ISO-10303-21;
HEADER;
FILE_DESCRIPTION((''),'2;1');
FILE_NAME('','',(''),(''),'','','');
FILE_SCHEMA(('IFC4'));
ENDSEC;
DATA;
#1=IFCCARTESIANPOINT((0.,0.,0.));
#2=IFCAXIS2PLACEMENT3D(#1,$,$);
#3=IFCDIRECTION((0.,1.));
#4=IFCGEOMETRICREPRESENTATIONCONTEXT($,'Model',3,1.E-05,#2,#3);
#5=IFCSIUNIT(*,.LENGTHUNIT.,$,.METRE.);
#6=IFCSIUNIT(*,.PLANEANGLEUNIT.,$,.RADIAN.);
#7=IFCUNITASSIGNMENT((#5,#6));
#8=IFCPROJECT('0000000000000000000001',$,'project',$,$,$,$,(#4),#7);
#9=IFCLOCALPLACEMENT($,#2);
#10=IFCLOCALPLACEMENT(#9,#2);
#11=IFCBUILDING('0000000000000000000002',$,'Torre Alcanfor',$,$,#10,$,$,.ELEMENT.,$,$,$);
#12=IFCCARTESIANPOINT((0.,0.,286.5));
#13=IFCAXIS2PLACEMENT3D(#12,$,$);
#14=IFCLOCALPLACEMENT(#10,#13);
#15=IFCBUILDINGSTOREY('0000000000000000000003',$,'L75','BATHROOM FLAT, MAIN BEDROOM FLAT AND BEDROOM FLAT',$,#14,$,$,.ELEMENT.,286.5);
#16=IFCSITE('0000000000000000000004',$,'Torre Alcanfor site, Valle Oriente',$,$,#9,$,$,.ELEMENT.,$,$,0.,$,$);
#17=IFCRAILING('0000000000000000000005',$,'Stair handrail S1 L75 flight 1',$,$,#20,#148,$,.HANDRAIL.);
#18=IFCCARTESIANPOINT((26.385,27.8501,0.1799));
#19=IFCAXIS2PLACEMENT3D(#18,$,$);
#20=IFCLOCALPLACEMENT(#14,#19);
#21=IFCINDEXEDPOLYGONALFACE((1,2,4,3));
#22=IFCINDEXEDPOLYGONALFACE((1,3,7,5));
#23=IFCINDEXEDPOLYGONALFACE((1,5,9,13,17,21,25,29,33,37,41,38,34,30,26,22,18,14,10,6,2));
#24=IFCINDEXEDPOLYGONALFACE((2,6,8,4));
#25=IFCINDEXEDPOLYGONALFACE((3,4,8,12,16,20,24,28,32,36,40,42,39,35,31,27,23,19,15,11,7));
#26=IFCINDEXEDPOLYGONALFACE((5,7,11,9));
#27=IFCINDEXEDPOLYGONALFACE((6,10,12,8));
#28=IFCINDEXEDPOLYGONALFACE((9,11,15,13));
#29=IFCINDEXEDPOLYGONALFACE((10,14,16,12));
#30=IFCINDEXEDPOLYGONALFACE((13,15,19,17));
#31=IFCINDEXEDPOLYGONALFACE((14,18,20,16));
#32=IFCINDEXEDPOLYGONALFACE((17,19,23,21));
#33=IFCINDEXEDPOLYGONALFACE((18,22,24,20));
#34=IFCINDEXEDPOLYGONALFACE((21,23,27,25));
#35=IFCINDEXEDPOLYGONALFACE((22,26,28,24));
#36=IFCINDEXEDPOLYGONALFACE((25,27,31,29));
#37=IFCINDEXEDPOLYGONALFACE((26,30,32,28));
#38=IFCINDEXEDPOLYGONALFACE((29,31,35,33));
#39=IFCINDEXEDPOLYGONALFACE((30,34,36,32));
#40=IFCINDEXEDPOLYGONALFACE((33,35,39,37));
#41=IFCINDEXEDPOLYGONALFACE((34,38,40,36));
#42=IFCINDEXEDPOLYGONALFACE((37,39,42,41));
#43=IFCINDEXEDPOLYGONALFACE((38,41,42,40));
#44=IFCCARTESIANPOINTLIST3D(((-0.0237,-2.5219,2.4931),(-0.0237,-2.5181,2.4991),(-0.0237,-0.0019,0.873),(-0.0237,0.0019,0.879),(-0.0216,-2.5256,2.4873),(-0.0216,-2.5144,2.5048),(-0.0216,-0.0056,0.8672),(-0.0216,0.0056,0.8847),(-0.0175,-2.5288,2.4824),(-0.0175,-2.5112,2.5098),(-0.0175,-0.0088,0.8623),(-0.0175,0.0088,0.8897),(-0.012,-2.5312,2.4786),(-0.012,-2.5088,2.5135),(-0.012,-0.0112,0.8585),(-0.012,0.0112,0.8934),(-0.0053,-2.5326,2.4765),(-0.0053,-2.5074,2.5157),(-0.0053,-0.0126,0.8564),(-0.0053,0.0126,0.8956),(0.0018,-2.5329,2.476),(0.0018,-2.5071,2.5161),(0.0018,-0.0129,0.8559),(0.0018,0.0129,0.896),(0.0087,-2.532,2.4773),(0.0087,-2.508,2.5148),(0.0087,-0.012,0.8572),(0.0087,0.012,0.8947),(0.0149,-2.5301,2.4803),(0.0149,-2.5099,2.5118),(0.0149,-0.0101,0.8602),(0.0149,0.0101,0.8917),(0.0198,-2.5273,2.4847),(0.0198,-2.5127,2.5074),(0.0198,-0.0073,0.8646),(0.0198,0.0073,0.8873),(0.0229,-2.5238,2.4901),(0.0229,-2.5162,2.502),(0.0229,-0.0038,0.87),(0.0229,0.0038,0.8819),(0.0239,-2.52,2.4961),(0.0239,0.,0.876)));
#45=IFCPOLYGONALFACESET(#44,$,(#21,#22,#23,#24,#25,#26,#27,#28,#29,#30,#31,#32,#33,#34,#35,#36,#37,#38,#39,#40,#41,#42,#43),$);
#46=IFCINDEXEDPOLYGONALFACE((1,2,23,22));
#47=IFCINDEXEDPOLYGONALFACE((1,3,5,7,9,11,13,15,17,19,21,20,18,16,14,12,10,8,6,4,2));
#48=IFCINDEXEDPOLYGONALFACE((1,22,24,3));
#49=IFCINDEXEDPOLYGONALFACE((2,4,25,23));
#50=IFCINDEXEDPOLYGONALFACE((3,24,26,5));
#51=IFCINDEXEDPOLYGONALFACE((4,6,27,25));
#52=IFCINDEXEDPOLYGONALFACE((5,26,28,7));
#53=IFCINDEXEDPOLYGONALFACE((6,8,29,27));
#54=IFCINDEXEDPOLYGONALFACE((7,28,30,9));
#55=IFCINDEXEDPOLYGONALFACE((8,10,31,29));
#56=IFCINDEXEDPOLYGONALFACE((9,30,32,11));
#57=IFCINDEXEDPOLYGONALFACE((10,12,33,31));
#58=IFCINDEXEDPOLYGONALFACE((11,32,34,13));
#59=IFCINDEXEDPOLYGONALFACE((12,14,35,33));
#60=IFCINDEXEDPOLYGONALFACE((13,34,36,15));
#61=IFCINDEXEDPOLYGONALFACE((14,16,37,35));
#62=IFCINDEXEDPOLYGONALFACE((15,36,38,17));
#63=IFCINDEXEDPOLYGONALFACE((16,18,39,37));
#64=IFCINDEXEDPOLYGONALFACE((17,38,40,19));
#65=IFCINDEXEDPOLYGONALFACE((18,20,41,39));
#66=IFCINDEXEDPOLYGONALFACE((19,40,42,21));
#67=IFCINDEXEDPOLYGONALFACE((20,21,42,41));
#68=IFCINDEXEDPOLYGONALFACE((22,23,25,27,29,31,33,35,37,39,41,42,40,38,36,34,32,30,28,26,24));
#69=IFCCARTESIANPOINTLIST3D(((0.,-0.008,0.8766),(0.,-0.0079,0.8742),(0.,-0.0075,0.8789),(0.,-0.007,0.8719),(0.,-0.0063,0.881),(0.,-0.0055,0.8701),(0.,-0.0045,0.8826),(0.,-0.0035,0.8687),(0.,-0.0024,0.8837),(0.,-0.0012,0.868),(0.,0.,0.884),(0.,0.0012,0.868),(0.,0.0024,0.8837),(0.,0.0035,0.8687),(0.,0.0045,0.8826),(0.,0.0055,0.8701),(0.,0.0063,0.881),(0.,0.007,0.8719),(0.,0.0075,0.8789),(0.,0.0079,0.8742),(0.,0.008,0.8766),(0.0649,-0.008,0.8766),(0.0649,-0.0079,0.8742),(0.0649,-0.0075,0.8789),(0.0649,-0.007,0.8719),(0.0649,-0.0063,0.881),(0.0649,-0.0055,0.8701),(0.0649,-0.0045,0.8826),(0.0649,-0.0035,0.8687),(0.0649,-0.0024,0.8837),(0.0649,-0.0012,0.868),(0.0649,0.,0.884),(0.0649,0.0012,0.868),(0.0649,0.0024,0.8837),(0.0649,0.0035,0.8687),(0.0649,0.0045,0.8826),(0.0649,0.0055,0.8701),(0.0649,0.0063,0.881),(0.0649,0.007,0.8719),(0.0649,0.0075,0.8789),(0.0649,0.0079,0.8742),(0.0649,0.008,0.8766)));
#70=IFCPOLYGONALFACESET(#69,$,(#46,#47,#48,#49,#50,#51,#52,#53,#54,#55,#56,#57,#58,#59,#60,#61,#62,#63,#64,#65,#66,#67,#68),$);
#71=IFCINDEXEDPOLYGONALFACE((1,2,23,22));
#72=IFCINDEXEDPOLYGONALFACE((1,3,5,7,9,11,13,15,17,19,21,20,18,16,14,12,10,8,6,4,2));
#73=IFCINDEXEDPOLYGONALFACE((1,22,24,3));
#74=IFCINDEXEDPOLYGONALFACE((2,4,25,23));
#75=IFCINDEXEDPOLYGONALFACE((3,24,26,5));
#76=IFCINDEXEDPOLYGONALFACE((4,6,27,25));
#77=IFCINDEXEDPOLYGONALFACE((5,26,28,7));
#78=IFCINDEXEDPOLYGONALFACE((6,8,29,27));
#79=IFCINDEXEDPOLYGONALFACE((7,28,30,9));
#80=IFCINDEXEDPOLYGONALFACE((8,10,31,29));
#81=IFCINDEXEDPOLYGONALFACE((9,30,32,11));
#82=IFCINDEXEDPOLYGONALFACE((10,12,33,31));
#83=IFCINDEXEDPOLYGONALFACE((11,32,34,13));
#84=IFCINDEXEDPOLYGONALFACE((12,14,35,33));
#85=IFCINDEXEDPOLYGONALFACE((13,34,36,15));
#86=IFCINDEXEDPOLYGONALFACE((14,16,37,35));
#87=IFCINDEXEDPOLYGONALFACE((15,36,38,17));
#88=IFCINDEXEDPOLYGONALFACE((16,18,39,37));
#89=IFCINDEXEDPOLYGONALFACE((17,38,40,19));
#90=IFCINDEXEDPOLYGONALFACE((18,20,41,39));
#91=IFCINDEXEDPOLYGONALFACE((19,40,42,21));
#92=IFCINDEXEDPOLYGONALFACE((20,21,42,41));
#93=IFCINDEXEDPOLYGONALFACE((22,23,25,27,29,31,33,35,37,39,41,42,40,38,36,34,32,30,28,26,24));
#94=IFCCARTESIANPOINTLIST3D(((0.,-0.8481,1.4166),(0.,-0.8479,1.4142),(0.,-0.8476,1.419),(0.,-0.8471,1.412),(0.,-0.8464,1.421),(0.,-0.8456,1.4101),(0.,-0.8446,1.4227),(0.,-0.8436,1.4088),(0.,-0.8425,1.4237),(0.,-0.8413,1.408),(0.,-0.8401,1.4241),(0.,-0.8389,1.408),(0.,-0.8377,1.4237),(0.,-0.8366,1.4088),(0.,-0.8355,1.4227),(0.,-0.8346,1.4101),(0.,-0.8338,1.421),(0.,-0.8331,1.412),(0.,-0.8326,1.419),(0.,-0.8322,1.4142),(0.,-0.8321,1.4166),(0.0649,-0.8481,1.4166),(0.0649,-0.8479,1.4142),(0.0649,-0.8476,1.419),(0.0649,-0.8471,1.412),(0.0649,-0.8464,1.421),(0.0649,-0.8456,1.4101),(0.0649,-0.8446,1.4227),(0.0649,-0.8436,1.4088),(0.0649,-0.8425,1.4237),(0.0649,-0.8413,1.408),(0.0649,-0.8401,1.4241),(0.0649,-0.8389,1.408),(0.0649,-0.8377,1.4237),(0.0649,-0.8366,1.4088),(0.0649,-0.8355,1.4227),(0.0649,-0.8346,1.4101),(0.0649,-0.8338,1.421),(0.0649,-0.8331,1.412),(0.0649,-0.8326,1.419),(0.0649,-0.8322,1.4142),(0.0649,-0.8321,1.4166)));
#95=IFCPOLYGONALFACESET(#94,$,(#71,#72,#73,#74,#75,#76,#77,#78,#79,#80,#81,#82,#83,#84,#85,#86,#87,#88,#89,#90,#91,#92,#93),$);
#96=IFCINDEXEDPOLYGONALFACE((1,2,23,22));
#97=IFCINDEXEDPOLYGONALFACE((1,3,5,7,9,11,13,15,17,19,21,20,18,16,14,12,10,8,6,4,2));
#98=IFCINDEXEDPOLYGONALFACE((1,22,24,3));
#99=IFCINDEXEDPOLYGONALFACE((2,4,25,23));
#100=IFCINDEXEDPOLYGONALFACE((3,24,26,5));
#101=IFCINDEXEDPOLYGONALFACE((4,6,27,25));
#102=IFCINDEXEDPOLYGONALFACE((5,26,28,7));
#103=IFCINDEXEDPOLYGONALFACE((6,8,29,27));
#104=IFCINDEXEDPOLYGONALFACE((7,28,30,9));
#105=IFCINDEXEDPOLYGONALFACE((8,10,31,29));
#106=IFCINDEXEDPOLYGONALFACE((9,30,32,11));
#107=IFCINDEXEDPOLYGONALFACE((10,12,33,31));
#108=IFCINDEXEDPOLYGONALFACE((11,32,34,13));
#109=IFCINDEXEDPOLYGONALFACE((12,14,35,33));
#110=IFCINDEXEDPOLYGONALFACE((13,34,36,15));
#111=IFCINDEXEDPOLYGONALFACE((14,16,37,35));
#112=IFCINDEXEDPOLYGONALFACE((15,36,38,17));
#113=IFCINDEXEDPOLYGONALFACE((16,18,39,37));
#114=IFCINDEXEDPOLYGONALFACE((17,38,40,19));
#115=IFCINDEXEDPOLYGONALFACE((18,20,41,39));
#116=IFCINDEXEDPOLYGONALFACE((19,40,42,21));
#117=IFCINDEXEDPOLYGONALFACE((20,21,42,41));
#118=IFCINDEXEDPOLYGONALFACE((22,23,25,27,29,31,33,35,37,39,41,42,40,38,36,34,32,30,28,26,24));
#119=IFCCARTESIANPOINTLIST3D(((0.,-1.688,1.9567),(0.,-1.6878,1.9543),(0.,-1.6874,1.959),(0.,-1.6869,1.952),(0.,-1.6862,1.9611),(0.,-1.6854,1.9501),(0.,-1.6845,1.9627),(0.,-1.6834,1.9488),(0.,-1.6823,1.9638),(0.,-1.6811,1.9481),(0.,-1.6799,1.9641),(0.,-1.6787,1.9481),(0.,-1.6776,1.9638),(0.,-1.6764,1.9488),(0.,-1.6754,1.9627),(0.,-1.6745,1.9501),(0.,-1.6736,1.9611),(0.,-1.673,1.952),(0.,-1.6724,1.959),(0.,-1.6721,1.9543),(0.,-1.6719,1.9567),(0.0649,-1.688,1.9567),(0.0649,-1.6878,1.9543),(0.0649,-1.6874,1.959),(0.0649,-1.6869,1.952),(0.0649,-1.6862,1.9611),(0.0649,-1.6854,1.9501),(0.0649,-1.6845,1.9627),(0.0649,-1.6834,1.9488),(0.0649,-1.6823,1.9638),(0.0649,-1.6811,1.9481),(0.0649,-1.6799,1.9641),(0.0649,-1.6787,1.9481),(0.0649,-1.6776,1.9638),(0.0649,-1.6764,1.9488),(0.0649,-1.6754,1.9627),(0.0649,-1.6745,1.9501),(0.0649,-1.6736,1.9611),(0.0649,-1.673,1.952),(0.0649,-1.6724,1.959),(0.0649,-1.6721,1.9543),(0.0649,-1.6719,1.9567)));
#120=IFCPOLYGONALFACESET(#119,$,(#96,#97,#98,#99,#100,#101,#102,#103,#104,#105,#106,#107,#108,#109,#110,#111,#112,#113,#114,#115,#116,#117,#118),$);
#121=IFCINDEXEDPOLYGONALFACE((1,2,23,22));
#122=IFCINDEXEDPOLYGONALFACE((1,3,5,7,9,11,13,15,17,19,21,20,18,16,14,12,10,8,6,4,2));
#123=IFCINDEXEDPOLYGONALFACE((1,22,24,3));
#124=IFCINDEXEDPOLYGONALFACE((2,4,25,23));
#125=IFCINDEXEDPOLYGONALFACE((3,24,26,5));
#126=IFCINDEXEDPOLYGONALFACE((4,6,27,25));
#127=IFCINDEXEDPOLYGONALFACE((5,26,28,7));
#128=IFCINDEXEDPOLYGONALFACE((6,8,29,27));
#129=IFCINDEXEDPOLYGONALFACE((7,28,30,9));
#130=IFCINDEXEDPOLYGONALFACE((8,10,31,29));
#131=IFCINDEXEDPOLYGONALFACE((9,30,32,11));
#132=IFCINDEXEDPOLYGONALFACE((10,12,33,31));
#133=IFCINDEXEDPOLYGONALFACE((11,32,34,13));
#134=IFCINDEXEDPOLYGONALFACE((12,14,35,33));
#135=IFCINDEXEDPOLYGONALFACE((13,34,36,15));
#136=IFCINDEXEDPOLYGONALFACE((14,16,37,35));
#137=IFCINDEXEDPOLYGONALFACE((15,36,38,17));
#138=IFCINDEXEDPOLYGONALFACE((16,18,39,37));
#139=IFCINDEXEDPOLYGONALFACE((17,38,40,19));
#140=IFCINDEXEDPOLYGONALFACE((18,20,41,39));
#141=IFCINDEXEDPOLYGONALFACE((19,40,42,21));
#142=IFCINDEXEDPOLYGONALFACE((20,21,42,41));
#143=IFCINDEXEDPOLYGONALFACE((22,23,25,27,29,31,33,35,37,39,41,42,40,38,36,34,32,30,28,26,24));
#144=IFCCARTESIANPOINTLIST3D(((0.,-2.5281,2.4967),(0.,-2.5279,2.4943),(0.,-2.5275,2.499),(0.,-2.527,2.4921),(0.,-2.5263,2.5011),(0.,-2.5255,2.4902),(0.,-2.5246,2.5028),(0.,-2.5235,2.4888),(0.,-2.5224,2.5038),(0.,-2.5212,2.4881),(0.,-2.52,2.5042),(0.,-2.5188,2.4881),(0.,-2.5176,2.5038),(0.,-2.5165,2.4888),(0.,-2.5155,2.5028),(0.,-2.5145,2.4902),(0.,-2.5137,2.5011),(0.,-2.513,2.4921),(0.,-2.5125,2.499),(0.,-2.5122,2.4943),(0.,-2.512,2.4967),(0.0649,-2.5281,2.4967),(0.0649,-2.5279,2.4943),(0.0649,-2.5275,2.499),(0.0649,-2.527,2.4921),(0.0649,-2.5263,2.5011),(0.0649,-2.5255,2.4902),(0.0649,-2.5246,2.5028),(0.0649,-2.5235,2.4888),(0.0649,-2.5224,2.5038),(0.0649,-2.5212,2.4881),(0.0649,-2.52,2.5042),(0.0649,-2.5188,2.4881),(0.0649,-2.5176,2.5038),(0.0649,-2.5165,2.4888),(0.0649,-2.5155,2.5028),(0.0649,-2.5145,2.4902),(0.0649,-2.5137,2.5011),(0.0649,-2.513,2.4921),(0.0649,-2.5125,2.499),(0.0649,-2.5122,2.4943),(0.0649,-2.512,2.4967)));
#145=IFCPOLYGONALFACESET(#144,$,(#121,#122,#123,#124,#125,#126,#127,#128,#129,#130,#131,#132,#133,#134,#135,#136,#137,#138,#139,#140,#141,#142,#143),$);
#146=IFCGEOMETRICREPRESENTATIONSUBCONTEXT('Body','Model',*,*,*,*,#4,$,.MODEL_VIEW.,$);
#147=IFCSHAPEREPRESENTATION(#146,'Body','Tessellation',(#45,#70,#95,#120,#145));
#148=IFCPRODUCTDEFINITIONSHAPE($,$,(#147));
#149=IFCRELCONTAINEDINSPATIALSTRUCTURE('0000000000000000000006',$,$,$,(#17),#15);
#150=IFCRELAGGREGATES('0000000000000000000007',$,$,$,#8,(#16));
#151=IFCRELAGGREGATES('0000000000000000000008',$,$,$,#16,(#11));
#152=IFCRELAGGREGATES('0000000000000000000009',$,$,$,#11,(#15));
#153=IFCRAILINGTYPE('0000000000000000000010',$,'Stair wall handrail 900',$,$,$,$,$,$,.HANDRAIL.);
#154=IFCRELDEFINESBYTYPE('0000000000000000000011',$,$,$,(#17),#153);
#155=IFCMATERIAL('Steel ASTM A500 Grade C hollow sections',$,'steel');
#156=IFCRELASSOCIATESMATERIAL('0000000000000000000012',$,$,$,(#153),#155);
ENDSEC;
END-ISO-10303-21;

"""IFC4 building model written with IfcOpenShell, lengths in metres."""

from ifc_helpers import new_model, si_unit, direction, frame, origin, origin_2d, place, context, subcontext, project, spatial, circle, extrude, material, type_object, element, save


model = new_model("IFC4")

# Units and contexts
model_context = context("Model", 3, precision=1e-05, world=origin(), true_north=direction((0.0, 1.0)))
body_context = subcontext(model_context, "Body", "Model", "MODEL_VIEW")
ifc_project = project(units=[si_unit("LENGTHUNIT", "METRE"), si_unit("PLANEANGLEUNIT", "RADIAN")], contexts=[model_context])

# Site, building, storey
site_placement = place(None, origin())
site = spatial("IfcSite", under=ifc_project, at=site_placement, Name="Torre Alcanfor site, Valle Oriente", CompositionType="ELEMENT", RefElevation=0.0)
building_placement = place(site_placement, origin())
building = spatial("IfcBuilding", under=site, at=building_placement, Name="Torre Alcanfor", CompositionType="ELEMENT")
storey_placement = place(building_placement, frame((0.0, 0.0, 286.5)))
storey = spatial("IfcBuildingStorey", under=building, at=storey_placement, Name="L75", Description="BATHROOM FLAT, MAIN BEDROOM FLAT AND BEDROOM FLAT", CompositionType="ELEMENT", Elevation=286.5)

# Railing
ifc_material_1 = material(Name="Steel ASTM A500 Grade C hollow sections", Category="steel")
railing_type_1 = type_object("IfcRailingType", Name="Stair wall handrail 900", PredefinedType="HANDRAIL", material=ifc_material_1)
railing_1_placement = place(storey_placement, frame((26.385, 27.8501, 0.1799)))
element("IfcRailing", 1, at=railing_1_placement, inside=storey, type_object=railing_type_1, Name="Stair handrail S1 L75 flight 1", PredefinedType="HANDRAIL", context=body_context, shape_type="SweptSolid", body=[
    extrude(circle(Radius=0.0239, at=origin_2d()), frame((0.0, 0.0, 0.876), z_axis=(0.0, -0.841163, 0.540782), x_axis=(1.0, 0.0, 0.0)), (0.0, 0.0, 1.0), 2.9958),
    extrude(circle(Radius=0.0081, at=origin_2d()), frame((0.0, 0.0, 0.876), z_axis=(1.0, 0.0, 0.0), x_axis=(0.0, 0.0, 1.0)), (0.0, 0.0, 1.0), 0.0649),
    extrude(circle(Radius=0.0081, at=origin_2d()), frame((0.0, -0.8401, 1.416), z_axis=(1.0, 0.0, 0.0), x_axis=(0.0, 0.0, 1.0)), (0.0, 0.0, 1.0), 0.0649),
    extrude(circle(Radius=0.0081, at=origin_2d()), frame((0.0, -1.6799, 1.9561), z_axis=(1.0, 0.0, 0.0), x_axis=(0.0, 0.0, 1.0)), (0.0, 0.0, 1.0), 0.0649),
    extrude(circle(Radius=0.0081, at=origin_2d()), frame((0.0, -2.52, 2.4961), z_axis=(1.0, 0.0, 0.0), x_axis=(0.0, 0.0, 1.0)), (0.0, 0.0, 1.0), 0.0649),
])

save(model, "model.ifc")
